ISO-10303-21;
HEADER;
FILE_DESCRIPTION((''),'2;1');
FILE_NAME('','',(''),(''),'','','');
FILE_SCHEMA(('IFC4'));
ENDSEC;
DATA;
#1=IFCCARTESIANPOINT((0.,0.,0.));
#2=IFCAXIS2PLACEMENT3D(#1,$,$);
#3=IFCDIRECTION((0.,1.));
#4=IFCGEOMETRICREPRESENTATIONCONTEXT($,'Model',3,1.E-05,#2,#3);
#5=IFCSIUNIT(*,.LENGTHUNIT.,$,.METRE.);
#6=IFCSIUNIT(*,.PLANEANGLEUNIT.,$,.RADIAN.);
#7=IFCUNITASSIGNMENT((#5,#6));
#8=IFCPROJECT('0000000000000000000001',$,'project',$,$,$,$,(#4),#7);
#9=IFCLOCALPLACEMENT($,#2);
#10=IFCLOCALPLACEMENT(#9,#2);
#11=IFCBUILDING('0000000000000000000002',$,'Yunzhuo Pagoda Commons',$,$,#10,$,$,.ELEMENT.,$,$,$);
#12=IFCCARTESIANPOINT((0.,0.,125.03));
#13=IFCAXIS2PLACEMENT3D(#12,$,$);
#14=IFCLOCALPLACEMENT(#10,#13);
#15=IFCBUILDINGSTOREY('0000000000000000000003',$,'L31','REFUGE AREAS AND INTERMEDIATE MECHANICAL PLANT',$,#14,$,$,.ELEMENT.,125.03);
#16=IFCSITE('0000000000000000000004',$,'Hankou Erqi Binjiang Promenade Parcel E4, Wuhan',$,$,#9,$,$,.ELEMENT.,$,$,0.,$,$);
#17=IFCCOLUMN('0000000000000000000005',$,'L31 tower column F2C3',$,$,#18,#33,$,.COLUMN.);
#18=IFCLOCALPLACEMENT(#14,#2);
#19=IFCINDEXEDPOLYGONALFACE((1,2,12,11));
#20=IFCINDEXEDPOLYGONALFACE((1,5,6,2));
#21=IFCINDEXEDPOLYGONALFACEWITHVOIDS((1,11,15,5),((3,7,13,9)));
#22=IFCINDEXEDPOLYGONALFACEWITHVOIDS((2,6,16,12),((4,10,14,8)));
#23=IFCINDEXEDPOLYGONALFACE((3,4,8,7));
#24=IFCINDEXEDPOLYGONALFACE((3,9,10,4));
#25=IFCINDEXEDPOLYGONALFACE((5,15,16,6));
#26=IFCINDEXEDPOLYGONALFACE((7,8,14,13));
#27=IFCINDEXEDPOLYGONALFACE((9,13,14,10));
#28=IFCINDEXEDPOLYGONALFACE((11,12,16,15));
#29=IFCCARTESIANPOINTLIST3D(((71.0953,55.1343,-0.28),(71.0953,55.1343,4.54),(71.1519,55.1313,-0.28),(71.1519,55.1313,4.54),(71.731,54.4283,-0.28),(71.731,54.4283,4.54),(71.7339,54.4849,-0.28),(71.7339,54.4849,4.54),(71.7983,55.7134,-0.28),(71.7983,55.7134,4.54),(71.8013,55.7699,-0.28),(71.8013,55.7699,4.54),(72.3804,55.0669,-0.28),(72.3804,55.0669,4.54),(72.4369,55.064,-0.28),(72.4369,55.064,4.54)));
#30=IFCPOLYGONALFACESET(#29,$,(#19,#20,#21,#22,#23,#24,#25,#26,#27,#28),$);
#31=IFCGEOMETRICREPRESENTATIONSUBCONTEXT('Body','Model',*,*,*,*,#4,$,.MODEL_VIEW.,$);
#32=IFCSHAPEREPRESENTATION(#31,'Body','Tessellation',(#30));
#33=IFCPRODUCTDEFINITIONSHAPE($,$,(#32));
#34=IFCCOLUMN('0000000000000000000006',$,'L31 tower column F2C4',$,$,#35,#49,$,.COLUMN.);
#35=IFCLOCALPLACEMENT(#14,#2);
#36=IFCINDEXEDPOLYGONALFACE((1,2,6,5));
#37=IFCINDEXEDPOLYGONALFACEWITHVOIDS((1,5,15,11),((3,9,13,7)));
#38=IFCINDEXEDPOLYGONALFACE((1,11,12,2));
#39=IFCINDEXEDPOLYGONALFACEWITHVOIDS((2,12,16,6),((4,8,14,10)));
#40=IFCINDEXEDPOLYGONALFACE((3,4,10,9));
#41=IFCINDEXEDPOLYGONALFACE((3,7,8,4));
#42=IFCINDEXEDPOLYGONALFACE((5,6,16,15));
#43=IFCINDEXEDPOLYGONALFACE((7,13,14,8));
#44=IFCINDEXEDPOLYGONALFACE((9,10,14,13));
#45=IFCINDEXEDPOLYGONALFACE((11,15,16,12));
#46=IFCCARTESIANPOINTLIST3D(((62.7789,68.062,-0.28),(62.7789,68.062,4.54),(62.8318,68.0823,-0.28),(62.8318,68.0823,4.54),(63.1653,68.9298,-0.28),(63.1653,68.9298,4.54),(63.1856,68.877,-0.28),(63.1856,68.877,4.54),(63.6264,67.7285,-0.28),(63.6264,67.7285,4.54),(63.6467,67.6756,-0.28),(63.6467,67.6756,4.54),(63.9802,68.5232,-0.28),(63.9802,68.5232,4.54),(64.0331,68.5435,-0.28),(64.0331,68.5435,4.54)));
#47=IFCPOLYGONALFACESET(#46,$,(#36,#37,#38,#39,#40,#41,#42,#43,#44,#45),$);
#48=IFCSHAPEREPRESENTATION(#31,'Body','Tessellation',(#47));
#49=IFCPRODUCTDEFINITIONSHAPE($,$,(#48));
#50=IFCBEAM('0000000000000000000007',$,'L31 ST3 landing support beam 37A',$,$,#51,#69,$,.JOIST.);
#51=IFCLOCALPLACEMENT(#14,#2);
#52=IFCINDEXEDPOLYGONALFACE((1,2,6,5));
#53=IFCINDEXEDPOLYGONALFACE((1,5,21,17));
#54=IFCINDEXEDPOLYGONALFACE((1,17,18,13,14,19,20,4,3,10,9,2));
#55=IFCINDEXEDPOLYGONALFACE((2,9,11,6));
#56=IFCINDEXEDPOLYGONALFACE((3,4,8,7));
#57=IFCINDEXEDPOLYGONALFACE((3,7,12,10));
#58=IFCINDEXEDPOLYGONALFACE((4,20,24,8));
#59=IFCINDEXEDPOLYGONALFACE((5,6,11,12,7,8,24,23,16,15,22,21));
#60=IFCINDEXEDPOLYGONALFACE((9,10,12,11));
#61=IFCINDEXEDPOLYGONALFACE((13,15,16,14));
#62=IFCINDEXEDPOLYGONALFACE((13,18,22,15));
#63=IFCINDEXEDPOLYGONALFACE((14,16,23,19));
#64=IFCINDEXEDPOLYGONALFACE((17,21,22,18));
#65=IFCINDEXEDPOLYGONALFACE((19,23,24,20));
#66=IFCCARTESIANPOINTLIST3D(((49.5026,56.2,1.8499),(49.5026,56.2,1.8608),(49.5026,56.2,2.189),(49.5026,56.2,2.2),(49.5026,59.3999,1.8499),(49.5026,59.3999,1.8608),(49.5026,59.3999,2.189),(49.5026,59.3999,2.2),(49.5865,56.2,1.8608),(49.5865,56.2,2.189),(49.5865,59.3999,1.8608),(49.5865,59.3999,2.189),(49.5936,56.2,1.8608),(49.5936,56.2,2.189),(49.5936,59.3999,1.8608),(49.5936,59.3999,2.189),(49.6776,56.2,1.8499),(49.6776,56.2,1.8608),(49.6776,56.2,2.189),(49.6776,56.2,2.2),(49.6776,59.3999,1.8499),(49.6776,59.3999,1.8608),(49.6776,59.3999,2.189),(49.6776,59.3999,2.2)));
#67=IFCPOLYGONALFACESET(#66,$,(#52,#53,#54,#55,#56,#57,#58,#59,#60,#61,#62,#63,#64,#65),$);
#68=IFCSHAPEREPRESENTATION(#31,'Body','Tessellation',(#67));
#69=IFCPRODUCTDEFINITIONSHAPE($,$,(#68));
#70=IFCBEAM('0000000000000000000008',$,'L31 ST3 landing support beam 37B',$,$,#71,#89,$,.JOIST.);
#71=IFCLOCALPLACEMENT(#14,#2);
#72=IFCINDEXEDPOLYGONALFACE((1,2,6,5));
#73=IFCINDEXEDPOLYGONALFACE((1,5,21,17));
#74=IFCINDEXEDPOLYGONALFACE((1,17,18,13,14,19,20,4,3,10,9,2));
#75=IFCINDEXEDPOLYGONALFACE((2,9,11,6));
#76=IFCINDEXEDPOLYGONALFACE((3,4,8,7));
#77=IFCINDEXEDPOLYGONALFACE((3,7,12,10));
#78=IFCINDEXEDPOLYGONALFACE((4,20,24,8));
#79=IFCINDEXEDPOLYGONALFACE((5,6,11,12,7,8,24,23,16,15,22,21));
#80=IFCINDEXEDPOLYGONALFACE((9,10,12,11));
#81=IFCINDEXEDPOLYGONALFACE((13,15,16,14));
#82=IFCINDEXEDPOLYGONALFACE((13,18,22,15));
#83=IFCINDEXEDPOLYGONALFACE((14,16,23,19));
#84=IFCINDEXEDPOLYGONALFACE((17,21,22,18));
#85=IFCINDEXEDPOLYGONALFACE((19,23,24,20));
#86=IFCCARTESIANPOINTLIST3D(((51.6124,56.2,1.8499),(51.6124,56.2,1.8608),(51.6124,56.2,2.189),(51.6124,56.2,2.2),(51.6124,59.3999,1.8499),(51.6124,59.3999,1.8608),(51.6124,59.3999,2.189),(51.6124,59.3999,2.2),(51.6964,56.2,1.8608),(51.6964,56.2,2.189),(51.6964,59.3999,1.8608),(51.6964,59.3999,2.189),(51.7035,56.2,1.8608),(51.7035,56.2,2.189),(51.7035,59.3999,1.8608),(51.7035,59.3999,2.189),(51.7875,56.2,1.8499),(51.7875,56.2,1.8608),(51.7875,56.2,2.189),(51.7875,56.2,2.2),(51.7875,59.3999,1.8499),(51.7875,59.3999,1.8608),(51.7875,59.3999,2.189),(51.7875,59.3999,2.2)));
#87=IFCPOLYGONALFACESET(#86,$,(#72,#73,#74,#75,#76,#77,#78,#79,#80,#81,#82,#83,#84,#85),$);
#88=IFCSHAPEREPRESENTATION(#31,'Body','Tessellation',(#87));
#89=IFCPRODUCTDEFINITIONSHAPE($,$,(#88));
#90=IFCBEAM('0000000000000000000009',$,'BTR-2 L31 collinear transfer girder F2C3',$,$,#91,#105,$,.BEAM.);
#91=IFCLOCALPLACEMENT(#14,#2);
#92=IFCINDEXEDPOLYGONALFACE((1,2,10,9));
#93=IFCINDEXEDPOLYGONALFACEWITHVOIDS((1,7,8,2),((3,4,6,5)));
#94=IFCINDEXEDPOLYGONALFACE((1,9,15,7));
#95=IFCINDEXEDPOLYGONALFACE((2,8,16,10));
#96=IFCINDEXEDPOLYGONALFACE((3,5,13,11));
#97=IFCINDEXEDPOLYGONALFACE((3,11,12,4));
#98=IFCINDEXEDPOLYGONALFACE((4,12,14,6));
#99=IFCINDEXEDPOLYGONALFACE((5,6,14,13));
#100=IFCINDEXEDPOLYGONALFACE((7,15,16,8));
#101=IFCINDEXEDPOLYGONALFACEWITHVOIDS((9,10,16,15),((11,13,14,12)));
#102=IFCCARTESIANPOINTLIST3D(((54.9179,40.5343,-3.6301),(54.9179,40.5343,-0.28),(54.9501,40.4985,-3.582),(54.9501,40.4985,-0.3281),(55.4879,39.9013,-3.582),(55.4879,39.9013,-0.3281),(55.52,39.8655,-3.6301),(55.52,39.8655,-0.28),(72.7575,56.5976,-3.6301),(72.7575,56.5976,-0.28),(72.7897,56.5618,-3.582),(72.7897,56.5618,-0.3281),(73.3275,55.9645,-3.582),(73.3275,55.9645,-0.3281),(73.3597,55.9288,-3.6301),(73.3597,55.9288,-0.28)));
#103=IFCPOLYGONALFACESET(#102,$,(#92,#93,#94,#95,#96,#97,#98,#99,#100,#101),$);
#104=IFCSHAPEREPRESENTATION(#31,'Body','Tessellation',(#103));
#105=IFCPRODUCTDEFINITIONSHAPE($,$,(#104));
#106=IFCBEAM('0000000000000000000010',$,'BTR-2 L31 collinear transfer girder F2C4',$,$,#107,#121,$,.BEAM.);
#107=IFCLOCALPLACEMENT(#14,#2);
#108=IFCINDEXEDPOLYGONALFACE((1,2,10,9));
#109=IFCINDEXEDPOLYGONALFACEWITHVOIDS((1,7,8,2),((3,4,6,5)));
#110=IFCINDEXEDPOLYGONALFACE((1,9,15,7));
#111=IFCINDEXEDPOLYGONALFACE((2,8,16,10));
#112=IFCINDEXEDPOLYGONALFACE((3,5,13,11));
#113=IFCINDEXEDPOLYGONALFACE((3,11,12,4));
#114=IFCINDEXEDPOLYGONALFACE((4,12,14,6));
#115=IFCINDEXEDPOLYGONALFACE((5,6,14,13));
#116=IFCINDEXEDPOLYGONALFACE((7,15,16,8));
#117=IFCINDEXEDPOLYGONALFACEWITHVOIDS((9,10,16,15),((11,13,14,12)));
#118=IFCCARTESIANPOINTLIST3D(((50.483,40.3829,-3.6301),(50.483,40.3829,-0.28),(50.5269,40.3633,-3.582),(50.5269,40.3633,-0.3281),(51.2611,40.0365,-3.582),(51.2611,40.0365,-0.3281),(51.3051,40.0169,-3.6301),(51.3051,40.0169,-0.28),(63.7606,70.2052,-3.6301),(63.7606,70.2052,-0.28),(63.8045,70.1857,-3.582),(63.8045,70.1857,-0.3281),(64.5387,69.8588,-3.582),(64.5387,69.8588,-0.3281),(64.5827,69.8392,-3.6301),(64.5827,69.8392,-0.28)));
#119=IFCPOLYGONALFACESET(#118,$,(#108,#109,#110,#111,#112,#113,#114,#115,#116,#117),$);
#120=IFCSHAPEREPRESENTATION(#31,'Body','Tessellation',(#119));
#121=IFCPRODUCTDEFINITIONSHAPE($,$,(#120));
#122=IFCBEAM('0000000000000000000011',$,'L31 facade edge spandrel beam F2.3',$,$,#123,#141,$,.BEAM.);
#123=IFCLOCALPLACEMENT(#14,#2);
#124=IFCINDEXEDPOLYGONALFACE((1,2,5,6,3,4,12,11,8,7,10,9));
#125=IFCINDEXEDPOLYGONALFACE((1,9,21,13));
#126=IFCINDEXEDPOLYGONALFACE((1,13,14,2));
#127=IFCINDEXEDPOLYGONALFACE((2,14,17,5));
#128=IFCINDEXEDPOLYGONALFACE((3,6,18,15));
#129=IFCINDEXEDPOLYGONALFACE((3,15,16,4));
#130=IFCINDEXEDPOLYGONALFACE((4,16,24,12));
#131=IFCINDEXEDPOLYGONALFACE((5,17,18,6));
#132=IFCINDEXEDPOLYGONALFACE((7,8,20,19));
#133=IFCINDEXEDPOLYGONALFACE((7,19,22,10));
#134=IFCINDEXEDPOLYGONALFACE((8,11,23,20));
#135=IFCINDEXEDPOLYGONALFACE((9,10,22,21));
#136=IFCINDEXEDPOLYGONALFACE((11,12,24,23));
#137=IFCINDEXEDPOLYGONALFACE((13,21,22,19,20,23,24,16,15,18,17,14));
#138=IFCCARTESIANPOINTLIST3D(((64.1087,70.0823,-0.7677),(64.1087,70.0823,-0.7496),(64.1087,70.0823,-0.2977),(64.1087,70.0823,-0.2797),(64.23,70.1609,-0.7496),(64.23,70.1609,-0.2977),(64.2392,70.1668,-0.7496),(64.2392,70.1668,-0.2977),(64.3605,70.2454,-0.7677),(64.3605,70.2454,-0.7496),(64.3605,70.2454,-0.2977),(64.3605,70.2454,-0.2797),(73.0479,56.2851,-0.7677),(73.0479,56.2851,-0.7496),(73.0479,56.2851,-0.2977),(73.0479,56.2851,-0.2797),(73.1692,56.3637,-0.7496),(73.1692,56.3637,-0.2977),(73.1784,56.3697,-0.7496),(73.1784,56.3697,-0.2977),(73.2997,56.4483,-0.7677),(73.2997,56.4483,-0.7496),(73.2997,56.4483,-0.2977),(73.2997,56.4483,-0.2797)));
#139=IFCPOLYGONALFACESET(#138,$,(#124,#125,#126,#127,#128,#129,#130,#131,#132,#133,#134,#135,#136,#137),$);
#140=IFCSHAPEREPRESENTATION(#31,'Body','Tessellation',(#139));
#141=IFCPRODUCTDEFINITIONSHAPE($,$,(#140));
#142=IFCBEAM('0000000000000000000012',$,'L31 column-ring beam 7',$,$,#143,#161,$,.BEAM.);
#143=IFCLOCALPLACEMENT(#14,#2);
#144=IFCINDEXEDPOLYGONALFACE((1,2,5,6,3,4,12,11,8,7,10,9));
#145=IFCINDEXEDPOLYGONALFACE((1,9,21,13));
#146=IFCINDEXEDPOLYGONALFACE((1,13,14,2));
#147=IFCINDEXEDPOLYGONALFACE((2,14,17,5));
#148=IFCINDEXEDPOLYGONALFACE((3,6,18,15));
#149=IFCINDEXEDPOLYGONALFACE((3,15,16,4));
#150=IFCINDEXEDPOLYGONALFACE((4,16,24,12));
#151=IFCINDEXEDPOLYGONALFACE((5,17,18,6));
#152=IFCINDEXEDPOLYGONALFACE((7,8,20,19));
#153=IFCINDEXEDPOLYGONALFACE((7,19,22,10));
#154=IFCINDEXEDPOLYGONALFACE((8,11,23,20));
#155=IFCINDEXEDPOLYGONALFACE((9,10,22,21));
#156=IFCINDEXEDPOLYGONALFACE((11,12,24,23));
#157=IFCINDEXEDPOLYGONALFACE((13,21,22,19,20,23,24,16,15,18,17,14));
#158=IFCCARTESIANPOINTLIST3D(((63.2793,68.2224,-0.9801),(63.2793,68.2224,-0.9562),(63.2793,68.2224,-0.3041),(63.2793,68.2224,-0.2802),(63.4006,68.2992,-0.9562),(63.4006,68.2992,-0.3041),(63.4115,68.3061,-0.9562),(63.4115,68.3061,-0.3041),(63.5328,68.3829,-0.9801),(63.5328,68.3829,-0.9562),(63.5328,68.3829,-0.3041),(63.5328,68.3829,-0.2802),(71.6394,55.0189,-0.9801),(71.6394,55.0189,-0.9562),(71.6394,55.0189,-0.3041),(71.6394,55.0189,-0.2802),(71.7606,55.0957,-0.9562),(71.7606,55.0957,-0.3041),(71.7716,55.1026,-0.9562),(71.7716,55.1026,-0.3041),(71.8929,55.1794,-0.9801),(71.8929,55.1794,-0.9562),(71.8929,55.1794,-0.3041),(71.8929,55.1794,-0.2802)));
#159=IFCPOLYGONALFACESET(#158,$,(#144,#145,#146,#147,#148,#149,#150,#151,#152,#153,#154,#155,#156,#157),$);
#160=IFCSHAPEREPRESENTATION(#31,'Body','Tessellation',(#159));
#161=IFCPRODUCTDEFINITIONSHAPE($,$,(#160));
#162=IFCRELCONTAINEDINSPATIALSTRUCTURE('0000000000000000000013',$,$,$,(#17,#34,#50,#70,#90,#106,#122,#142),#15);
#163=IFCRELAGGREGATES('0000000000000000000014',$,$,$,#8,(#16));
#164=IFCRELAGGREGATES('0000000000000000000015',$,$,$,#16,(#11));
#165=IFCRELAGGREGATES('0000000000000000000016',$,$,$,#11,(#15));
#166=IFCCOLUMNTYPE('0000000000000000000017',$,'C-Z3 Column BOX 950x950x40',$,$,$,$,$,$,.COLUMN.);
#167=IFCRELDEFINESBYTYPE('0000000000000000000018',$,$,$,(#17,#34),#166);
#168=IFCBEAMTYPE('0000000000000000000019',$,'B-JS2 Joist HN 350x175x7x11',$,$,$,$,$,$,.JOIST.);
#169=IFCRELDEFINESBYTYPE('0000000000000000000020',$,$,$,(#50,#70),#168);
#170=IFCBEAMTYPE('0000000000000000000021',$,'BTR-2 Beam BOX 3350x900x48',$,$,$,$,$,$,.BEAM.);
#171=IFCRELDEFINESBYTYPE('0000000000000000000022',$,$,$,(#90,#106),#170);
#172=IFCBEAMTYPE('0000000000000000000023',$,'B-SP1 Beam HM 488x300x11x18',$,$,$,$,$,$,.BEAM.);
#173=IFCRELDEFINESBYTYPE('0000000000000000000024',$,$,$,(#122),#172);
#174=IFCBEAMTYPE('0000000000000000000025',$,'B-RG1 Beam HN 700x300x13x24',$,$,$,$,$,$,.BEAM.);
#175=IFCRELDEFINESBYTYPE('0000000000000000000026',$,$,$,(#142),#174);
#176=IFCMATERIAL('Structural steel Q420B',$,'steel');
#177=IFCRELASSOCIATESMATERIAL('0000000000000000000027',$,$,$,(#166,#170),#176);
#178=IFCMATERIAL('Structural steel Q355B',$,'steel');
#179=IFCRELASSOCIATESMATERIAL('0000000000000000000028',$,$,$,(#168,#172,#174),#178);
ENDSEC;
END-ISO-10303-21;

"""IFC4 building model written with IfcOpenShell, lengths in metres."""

from ifc_helpers import new_model, si_unit, direction, frame, origin, origin_2d, place, context, subcontext, project, spatial, hollow_rectangle, i_section, extrude, source, transform, mapped, material, material_profile, profile_set, type_object, element, save


model = new_model("IFC4")

# Units and contexts
model_context = context("Model", 3, precision=1e-05, world=origin(), true_north=direction((0.0, 1.0)))
body_context = subcontext(model_context, "Body", "Model", "MODEL_VIEW")
ifc_project = project(units=[si_unit("LENGTHUNIT", "METRE"), si_unit("PLANEANGLEUNIT", "RADIAN")], contexts=[model_context])

# Site, building, storey
site_placement = place(None, origin())
site = spatial("IfcSite", under=ifc_project, at=site_placement, Name="Hankou Erqi Binjiang Promenade Parcel E4, Wuhan", CompositionType="ELEMENT", RefElevation=0.0)
building_placement = place(site_placement, origin())
building = spatial("IfcBuilding", under=site, at=building_placement, Name="Yunzhuo Pagoda Commons", CompositionType="ELEMENT")
storey_placement = place(building_placement, frame((0.0, 0.0, 125.03)))
storey = spatial("IfcBuildingStorey", under=building, at=storey_placement, Name="L31", Description="REFUGE AREAS AND INTERMEDIATE MECHANICAL PLANT", CompositionType="ELEMENT", Elevation=125.03)

# Columns
ifc_material_1 = material(Name="Structural steel Q420B", Category="steel")
ifc_material_profile_1 = material_profile(ifc_material_1, hollow_rectangle(XDim=0.95, YDim=0.95, WallThickness=0.04, at=origin_2d()), Name="Structural steel Q420B")
ifc_profile_set_1 = profile_set([ifc_material_profile_1], Name="Structural steel Q420B")
column_type = type_object("IfcColumnType", Name="C-Z3 Column BOX 950x950x40", PredefinedType="COLUMN", material=ifc_profile_set_1)
shared_shape_1 = source(origin(), body_context, "Body", "SweptSolid", [
    extrude(hollow_rectangle(XDim=0.95, YDim=0.95, WallThickness=0.04, at=origin_2d()), origin(), (0.0, 0.0, 1.0), 4.8201),
])
for number, where, z_axis, x_axis, name in (
    (1, (71.7661, 55.0991, -0.28), (0.0, 0.0, 1.0), (-0.669131, 0.743145, 0.0), "L31 tower column F2C3"),
    (2, (63.406, 68.3027, -0.28), (0.0, 0.0, 1.0), (-0.913545, 0.406737, 0.0), "L31 tower column F2C4"),
):
    element("IfcColumn", number, at=place(storey_placement, frame(where, z_axis=z_axis, x_axis=x_axis)), inside=storey, type_object=column_type, Name=name, PredefinedType="COLUMN", context=body_context, shape_type="MappedRepresentation", body=[
        mapped(shared_shape_1, transform((0.0, 0.0, 0.0), scale=1.0)),
    ])

# Beams
ifc_material_2 = material(Name="Structural steel Q355B", Category="steel")
ifc_material_profile_2 = material_profile(ifc_material_2, i_section(OverallWidth=0.175, OverallDepth=0.3501, WebThickness=0.0071, FlangeThickness=0.011, at=origin_2d()), Name="Structural steel Q355B")
ifc_profile_set_2 = profile_set([ifc_material_profile_2], Name="Structural steel Q355B")
beam_type_1 = type_object("IfcBeamType", Name="B-JS2 Joist HN 350x175x7x11", PredefinedType="JOIST", material=ifc_profile_set_2)
shared_shape_2 = source(origin(), body_context, "Body", "SweptSolid", [
    extrude(i_section(OverallWidth=0.175, OverallDepth=0.3501, WebThickness=0.0071, FlangeThickness=0.011, at=origin_2d()), origin(), (0.0, 0.0, 1.0), 3.2),
])
for number, where, z_axis, x_axis, name in (
    (3, (49.5901, 56.2, 2.0249), (0.0, 1.0, 0.0), (-1.0, 0.0, 0.0), "L31 ST3 landing support beam 37A"),
    (4, (51.7, 56.2, 2.0249), (0.0, 1.0, 0.0), (-1.0, 0.0, 0.0), "L31 ST3 landing support beam 37B"),
):
    element("IfcBeam", number, at=place(storey_placement, frame(where, z_axis=z_axis, x_axis=x_axis)), inside=storey, type_object=beam_type_1, Name=name, PredefinedType="JOIST", context=body_context, shape_type="MappedRepresentation", body=[
        mapped(shared_shape_2, transform((0.0, 0.0, 0.0), scale=1.0)),
    ])
ifc_material_profile_3 = material_profile(ifc_material_1, hollow_rectangle(XDim=0.8999, YDim=3.3501, WallThickness=0.0481, at=origin_2d()), Name="Structural steel Q420B")
ifc_profile_set_3 = profile_set([ifc_material_profile_3], Name="Structural steel Q420B")
beam_type_2 = type_object("IfcBeamType", Name="BTR-2 Beam BOX 3350x900x48", PredefinedType="BEAM", material=ifc_profile_set_3)
shared_shape_3 = source(origin(), body_context, "Body", "SweptSolid", [
    extrude(hollow_rectangle(XDim=0.8999, YDim=3.3501, WallThickness=0.0481, at=origin_2d()), origin(), (0.0, 0.0, 1.0), 24.0059),
])
beam_1_placement = place(storey_placement, frame((73.0586, 56.2632, -1.9551), z_axis=(-0.743137, -0.669139, 0.0), x_axis=(0.669139, -0.743137, 0.0)))
element("IfcBeam", 5, at=beam_1_placement, inside=storey, type_object=beam_type_2, Name="BTR-2 L31 collinear transfer girder F2C3", PredefinedType="BEAM", context=body_context, shape_type="MappedRepresentation", body=[
    mapped(shared_shape_3, transform((0.0, 0.0, 0.0), scale=1.0)),
])
shared_shape_4 = source(origin(), body_context, "Body", "SweptSolid", [
    extrude(hollow_rectangle(XDim=0.8999, YDim=3.3501, WallThickness=0.0481, at=origin_2d()), origin(), (0.0, 0.0, 1.0), 32.6445),
])
beam_2_placement = place(storey_placement, frame((64.1716, 70.0222, -1.9551), z_axis=(-0.406733, -0.913547, 0.0), x_axis=(0.913547, -0.406733, 0.0)))
element("IfcBeam", 6, at=beam_2_placement, inside=storey, type_object=beam_type_2, Name="BTR-2 L31 collinear transfer girder F2C4", PredefinedType="BEAM", context=body_context, shape_type="MappedRepresentation", body=[
    mapped(shared_shape_4, transform((0.0, 0.0, 0.0), scale=1.0)),
])
ifc_material_profile_4 = material_profile(ifc_material_2, i_section(OverallWidth=0.3, OverallDepth=0.488, WebThickness=0.011, FlangeThickness=0.0181, at=origin_2d()), Name="Structural steel Q355B")
ifc_profile_set_4 = profile_set([ifc_material_profile_4], Name="Structural steel Q355B")
beam_type_3 = type_object("IfcBeamType", Name="B-SP1 Beam HM 488x300x11x18", PredefinedType="BEAM", material=ifc_profile_set_4)
shared_shape_5 = source(origin(), body_context, "Body", "SweptSolid", [
    extrude(i_section(OverallWidth=0.3, OverallDepth=0.488, WebThickness=0.011, FlangeThickness=0.0181, at=origin_2d()), origin(), (0.0, 0.0, 1.0), 16.4399),
])
beam_3_placement = place(storey_placement, frame((73.1738, 56.3667, -0.5237), z_axis=(-0.543751, 0.839246, 0.0), x_axis=(-0.839246, -0.543751, 0.0)))
element("IfcBeam", 7, at=beam_3_placement, inside=storey, type_object=beam_type_3, Name="L31 facade edge spandrel beam F2.3", PredefinedType="BEAM", context=body_context, shape_type="MappedRepresentation", body=[
    mapped(shared_shape_5, transform((0.0, 0.0, 0.0), scale=1.0)),
])
ifc_material_profile_5 = material_profile(ifc_material_2, i_section(OverallWidth=0.3, OverallDepth=0.7, WebThickness=0.0129, FlangeThickness=0.0239, at=origin_2d()), Name="Structural steel Q355B")
ifc_profile_set_5 = profile_set([ifc_material_profile_5], Name="Structural steel Q355B")
beam_type_4 = type_object("IfcBeamType", Name="B-RG1 Beam HN 700x300x13x24", PredefinedType="BEAM", material=ifc_profile_set_5)
shared_shape_6 = source(origin(), body_context, "Body", "SweptSolid", [
    extrude(i_section(OverallWidth=0.3, OverallDepth=0.7, WebThickness=0.0129, FlangeThickness=0.0239, at=origin_2d()), origin(), (0.0, 0.0, 1.0), 15.6277),
])
beam_4_placement = place(storey_placement, frame((71.7661, 55.0991, -0.6301), z_axis=(-0.534952, 0.844882, 0.0), x_axis=(-0.844882, -0.534952, 0.0)))
element("IfcBeam", 8, at=beam_4_placement, inside=storey, type_object=beam_type_4, Name="L31 column-ring beam 7", PredefinedType="BEAM", context=body_context, shape_type="MappedRepresentation", body=[
    mapped(shared_shape_6, transform((0.0, 0.0, 0.0), scale=1.0)),
])

save(model, "model.ifc")
